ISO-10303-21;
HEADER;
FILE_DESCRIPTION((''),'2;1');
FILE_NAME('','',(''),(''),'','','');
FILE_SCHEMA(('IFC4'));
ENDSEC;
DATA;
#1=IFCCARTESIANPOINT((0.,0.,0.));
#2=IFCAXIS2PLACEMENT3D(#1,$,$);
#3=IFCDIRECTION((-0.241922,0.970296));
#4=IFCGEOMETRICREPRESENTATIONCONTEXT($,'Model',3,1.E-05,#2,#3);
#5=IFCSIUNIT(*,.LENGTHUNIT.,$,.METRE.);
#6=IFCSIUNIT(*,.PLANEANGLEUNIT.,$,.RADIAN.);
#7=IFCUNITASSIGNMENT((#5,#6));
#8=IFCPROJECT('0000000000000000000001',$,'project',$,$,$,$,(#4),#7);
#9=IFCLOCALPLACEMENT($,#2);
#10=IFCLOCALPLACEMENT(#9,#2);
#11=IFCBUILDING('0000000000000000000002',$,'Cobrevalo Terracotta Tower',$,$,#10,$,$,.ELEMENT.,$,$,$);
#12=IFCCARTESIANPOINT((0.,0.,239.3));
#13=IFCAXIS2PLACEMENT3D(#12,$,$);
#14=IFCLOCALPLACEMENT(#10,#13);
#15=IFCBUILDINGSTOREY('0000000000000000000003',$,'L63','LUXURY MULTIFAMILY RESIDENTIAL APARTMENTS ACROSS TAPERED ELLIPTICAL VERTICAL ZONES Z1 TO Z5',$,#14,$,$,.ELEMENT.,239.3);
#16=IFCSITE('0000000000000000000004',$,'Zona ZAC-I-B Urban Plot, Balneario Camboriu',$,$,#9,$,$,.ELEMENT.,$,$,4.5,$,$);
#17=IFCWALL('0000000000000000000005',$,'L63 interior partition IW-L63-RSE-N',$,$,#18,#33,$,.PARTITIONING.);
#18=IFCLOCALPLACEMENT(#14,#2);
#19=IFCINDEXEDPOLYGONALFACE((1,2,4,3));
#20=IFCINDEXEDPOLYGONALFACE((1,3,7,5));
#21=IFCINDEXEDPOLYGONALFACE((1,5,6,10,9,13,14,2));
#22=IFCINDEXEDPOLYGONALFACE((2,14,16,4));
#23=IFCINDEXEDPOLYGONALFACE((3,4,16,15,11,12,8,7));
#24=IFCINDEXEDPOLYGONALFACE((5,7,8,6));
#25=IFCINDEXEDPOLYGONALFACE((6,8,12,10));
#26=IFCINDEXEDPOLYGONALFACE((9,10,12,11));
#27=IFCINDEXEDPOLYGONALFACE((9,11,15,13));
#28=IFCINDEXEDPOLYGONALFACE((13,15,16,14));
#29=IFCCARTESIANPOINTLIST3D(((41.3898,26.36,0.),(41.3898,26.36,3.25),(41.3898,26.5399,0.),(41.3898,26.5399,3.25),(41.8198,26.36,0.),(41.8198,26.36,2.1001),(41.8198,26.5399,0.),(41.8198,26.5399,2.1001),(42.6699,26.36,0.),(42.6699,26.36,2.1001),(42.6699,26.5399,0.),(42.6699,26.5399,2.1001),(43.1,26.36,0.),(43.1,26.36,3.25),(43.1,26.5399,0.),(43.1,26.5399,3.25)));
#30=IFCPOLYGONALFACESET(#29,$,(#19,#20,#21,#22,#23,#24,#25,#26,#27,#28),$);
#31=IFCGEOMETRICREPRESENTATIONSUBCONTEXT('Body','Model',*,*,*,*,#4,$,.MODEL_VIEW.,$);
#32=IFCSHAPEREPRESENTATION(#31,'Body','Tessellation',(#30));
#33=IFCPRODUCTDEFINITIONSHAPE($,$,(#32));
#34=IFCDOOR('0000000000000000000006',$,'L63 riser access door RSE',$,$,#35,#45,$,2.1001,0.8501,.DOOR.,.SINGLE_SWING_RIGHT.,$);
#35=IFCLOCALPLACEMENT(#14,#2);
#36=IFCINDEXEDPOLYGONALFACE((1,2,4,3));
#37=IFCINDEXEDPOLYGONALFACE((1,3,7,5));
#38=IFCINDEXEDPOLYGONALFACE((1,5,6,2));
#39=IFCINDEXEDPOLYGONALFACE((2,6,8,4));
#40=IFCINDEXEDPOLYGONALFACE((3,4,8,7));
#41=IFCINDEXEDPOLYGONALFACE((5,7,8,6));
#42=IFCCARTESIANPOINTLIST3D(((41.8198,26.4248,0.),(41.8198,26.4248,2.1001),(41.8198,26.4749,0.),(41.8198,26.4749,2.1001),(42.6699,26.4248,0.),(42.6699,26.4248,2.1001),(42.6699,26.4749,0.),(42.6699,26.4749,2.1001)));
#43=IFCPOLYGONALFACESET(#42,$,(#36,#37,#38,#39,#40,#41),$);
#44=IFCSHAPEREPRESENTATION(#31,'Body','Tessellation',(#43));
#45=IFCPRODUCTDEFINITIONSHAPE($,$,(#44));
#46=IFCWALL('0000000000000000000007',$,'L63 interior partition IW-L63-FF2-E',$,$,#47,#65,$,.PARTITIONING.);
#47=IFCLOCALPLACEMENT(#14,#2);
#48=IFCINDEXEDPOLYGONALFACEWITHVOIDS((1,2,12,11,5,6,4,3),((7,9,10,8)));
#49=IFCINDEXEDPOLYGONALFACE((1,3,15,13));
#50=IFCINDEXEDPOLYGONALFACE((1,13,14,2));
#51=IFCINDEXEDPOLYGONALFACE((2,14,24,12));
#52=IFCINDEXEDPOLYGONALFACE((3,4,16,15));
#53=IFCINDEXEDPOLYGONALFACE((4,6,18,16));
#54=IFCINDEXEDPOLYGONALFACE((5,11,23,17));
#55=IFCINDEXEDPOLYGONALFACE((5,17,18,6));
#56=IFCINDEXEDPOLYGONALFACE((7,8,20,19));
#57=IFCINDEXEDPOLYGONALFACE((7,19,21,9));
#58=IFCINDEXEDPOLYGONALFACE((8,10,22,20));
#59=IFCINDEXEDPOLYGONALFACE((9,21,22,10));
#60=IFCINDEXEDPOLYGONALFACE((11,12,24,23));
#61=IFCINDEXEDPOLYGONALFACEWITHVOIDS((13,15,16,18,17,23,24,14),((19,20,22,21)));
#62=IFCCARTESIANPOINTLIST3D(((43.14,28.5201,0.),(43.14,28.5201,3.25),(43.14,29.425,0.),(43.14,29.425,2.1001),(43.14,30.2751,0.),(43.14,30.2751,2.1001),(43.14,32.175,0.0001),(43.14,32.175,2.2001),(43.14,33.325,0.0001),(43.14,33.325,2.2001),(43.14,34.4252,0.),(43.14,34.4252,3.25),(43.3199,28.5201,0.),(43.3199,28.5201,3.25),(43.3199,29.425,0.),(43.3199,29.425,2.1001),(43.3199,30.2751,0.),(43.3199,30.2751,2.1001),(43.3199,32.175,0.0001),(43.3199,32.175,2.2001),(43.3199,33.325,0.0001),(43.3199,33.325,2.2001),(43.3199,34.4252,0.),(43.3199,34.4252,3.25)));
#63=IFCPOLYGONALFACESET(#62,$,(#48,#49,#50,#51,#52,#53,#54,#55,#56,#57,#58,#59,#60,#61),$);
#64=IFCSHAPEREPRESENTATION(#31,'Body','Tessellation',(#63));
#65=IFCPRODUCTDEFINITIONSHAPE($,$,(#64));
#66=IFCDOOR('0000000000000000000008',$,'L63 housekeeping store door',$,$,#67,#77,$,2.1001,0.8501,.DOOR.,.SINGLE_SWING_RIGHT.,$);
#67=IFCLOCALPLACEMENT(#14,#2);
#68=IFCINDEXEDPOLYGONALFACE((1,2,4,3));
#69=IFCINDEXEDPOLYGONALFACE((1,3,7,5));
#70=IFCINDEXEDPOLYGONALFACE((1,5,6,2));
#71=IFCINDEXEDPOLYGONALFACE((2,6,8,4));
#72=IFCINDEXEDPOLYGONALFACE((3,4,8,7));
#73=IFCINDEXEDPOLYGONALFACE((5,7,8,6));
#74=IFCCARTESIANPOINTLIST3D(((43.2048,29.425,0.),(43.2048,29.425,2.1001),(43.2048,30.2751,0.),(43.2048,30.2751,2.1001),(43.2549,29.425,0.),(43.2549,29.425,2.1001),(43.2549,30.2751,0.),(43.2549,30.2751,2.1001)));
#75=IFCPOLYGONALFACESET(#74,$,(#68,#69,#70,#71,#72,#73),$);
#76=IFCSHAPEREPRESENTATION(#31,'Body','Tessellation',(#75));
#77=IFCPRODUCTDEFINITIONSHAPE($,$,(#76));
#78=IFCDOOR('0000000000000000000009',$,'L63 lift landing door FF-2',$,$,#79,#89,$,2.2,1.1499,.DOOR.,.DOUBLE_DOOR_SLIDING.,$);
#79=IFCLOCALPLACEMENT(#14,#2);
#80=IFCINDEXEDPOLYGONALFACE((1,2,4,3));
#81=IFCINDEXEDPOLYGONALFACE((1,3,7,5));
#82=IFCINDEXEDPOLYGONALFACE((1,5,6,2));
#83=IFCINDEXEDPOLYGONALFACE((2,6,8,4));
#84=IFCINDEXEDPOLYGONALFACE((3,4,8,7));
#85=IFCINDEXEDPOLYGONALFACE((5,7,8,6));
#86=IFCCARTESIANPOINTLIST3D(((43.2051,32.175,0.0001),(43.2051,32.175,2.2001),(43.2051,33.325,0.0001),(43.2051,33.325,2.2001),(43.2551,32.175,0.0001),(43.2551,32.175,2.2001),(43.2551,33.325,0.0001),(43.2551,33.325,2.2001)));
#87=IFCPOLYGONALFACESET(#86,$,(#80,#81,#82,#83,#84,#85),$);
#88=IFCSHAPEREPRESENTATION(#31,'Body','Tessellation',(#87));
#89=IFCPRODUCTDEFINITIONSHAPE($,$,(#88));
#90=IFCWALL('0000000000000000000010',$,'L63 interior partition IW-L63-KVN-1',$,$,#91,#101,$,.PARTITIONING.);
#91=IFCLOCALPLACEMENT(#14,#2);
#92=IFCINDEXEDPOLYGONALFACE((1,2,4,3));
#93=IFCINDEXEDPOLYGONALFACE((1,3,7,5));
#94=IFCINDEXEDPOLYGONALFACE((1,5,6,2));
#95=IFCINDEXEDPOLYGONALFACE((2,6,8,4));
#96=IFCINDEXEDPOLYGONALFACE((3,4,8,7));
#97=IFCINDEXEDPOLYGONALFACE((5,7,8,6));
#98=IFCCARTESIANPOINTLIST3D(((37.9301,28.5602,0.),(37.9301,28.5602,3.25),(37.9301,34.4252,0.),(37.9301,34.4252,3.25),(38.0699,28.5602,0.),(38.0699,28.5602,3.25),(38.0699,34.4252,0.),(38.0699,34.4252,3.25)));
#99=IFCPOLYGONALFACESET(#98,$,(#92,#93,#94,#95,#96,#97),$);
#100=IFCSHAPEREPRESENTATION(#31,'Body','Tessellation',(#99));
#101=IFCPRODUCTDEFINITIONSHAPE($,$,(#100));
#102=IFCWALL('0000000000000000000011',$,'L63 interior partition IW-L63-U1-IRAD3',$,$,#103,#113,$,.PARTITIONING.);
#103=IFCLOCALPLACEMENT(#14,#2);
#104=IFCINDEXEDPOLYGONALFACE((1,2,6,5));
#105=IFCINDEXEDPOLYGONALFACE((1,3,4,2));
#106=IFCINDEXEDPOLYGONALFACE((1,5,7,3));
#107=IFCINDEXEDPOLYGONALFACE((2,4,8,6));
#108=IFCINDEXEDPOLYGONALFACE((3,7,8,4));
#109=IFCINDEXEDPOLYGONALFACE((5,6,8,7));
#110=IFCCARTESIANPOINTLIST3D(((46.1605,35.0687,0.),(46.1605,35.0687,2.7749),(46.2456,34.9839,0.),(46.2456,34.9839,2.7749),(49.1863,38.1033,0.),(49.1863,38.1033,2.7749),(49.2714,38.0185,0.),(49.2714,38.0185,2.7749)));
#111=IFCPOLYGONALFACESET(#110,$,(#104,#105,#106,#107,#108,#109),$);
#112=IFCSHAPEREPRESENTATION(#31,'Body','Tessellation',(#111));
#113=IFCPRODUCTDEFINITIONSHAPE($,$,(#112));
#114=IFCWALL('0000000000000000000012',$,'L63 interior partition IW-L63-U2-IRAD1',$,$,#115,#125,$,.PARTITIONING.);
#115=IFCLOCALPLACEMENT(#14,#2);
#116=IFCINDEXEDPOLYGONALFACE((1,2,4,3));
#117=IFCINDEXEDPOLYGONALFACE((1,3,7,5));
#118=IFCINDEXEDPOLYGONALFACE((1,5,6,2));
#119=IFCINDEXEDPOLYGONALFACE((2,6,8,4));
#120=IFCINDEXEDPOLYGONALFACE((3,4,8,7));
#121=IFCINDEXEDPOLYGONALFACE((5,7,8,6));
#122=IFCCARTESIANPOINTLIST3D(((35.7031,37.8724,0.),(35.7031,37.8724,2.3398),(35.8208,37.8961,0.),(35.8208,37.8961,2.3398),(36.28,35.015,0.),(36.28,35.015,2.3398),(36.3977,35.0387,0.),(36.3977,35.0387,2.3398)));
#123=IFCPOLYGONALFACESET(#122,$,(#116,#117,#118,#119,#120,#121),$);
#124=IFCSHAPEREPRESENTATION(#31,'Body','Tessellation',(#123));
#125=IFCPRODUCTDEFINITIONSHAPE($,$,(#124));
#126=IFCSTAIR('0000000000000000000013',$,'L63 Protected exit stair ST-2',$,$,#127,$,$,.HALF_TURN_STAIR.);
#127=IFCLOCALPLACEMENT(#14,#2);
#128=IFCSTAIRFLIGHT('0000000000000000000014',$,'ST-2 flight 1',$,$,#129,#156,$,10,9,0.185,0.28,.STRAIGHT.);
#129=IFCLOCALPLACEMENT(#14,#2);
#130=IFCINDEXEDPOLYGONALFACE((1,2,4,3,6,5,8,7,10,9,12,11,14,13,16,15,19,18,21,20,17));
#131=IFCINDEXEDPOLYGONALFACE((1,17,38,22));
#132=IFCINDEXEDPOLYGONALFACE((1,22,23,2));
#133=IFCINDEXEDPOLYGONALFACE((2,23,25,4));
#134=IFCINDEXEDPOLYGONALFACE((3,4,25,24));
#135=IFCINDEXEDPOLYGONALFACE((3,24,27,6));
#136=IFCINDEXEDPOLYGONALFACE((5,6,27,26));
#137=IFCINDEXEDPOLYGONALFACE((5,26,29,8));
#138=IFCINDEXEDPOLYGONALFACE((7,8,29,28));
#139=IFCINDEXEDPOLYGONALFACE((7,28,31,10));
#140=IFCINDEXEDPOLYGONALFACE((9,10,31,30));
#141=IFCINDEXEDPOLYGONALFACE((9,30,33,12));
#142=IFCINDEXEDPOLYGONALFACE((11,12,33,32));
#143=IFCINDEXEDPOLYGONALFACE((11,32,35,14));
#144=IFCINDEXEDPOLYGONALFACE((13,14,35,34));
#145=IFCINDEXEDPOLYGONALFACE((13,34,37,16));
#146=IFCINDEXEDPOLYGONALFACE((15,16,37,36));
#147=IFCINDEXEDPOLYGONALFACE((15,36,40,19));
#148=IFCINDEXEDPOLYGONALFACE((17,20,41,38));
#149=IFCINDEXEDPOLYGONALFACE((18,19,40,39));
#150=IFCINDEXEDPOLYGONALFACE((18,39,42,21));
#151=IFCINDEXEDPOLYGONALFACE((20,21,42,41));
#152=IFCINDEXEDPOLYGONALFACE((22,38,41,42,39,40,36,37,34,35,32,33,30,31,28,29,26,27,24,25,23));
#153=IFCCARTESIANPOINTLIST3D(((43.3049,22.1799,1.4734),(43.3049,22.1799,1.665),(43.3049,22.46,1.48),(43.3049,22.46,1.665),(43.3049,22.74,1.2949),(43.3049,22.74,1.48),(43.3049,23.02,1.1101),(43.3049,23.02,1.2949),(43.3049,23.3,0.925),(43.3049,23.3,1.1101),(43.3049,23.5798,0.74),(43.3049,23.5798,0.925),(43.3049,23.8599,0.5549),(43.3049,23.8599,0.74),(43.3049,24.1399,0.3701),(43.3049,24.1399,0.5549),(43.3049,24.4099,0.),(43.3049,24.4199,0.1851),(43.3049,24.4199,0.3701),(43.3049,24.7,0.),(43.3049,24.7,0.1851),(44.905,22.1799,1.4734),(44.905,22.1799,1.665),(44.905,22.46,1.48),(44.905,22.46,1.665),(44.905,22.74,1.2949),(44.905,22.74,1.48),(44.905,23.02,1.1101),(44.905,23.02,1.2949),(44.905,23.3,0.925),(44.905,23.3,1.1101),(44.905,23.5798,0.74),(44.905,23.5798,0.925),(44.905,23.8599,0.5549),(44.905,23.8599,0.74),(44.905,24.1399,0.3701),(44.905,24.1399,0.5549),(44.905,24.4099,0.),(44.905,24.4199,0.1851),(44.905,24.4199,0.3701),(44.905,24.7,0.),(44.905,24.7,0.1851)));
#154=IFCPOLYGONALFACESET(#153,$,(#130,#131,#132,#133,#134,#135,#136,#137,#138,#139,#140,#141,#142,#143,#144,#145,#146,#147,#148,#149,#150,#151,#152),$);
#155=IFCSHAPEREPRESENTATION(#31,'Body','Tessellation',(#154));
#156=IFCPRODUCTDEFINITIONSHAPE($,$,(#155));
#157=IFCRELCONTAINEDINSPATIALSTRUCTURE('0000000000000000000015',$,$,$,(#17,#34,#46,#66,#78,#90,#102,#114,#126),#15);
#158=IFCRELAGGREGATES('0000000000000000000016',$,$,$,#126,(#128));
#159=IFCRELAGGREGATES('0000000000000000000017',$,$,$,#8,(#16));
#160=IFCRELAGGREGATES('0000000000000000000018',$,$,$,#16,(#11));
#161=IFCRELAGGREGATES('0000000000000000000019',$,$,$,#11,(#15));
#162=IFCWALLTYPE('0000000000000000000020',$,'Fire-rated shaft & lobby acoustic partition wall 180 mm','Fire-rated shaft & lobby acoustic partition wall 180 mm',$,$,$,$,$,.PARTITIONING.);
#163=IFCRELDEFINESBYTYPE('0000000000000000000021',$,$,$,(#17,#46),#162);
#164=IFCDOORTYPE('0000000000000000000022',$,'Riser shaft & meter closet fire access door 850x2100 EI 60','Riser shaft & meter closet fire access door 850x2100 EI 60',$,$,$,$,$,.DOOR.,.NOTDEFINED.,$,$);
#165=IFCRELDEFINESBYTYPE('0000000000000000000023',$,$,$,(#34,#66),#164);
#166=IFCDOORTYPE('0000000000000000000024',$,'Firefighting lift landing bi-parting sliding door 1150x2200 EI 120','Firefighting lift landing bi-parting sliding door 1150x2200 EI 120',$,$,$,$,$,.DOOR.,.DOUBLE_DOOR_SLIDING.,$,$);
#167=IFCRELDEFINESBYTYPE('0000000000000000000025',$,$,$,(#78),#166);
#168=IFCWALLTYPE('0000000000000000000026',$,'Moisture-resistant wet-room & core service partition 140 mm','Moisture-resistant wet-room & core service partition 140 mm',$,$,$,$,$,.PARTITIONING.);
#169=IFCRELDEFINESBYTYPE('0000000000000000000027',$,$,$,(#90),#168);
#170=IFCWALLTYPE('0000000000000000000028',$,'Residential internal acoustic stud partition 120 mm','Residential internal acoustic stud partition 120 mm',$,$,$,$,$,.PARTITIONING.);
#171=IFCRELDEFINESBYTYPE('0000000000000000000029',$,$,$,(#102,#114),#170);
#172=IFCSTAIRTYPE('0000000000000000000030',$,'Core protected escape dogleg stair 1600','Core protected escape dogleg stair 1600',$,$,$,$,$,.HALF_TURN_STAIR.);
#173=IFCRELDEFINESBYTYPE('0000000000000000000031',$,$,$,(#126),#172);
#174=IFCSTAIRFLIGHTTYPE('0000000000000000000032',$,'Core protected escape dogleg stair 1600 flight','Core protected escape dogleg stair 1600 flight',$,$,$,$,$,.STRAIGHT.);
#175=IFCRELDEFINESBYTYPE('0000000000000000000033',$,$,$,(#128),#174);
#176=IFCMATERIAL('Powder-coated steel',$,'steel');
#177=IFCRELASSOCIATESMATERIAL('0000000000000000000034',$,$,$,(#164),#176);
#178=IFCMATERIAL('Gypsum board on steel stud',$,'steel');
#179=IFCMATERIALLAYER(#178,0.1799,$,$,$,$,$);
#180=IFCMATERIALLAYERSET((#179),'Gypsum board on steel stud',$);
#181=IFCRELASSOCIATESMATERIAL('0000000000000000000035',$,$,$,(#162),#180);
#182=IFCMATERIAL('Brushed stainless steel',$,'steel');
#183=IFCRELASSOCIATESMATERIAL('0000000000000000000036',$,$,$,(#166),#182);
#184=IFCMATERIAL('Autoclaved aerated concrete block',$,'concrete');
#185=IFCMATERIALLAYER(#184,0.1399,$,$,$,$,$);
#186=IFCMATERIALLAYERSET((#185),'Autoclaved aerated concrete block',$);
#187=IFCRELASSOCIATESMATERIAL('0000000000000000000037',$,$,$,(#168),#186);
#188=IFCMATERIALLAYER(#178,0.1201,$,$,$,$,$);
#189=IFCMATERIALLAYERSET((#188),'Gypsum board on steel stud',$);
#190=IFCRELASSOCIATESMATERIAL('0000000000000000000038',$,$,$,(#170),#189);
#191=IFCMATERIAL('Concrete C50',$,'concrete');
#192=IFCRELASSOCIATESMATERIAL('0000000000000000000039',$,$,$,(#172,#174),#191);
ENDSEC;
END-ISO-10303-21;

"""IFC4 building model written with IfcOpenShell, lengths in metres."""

from ifc_helpers import new_model, si_unit, direction, frame, frame_2d, origin, place, context, subcontext, project, spatial, polyline, rectangle, outline, extrude, source, transform, mapped, material, layer, layer_set, type_object, element, fill, aggregate, save


model = new_model("IFC4")

# Units and contexts
model_context = context("Model", 3, precision=1e-05, world=origin(), true_north=direction((-0.241922, 0.970296)))
body_context = subcontext(model_context, "Body", "Model", "MODEL_VIEW")
ifc_project = project(units=[si_unit("LENGTHUNIT", "METRE"), si_unit("PLANEANGLEUNIT", "RADIAN")], contexts=[model_context])

# Site, building, storey
site_placement = place(None, origin())
site = spatial("IfcSite", under=ifc_project, at=site_placement, Name="Zona ZAC-I-B Urban Plot, Balneario Camboriu", CompositionType="ELEMENT", RefElevation=4.5)
building_placement = place(site_placement, origin())
building = spatial("IfcBuilding", under=site, at=building_placement, Name="Cobrevalo Terracotta Tower", CompositionType="ELEMENT")
storey_placement = place(building_placement, frame((0.0, 0.0, 239.3)))
storey = spatial("IfcBuildingStorey", under=building, at=storey_placement, Name="L63", Description="LUXURY MULTIFAMILY RESIDENTIAL APARTMENTS ACROSS TAPERED ELLIPTICAL VERTICAL ZONES Z1 TO Z5", CompositionType="ELEMENT", Elevation=239.3)

# Shared definitions
ifc_material_1 = material(Name="Concrete C50", Category="concrete")

# Shared definitions
ifc_material_2 = material(Name="Gypsum board on steel stud", Category="steel")

# Shared definitions
ifc_material_3 = material(Name="Powder-coated steel", Category="steel")
door_type_1 = type_object("IfcDoorType", Name="Riser shaft & meter closet fire access door 850x2100 EI 60", Description="Riser shaft & meter closet fire access door 850x2100 EI 60", OperationType="NOTDEFINED", PredefinedType="DOOR", material=ifc_material_3)
shared_shape_1 = source(origin(), body_context, "Body", "SweptSolid", [
    extrude(rectangle(XDim=0.8501, YDim=2.1001, at=frame_2d((0.425, 1.05))), frame((0.0, 0.0249, 0.0), z_axis=(0.0, -1.0, 0.0), x_axis=(1.0, 0.0, 0.0)), (0.0, 0.0, 1.0), 0.05),
])
ifc_material_4 = material(Name="Brushed stainless steel", Category="steel")

# Wall, opening, door
ifc_layer_1 = layer(ifc_material_2, 0.1799)
ifc_layer_set_1 = layer_set([ifc_layer_1], Name="Gypsum board on steel stud")
wall_type_1 = type_object("IfcWallType", Name="Fire-rated shaft & lobby acoustic partition wall 180 mm", Description="Fire-rated shaft & lobby acoustic partition wall 180 mm", PredefinedType="PARTITIONING", material=ifc_layer_set_1)
wall_1_placement = place(storey_placement, frame((41.3899, 26.45, 0.0), z_axis=(0.0, 0.0, 1.0), x_axis=(1.0, 0.0, 0.0)))
wall_1 = element("IfcWall", 1, at=wall_1_placement, inside=storey, type_object=wall_type_1, Name="L63 interior partition IW-L63-RSE-N", PredefinedType="PARTITIONING", context=body_context, shape_type="SweptSolid", body=[
    extrude(rectangle(XDim=1.7102, YDim=0.1799, at=frame_2d((0.855, 0.0))), origin(), (0.0, 0.0, 1.0), 3.25),
])
opening_1_placement = place(wall_1_placement, frame((0.4299, 0.0, 0.0)))
opening_1 = element("IfcOpeningElement", 2, at=opening_1_placement, cuts=wall_1, PredefinedType="OPENING", context=body_context, shape_type="SweptSolid", body=[
    extrude(rectangle(XDim=0.8501, YDim=2.1001, at=frame_2d((0.425, 1.05))), frame((0.0, 0.1001, 0.0), z_axis=(0.0, -1.0, 0.0), x_axis=(1.0, 0.0, 0.0)), (0.0, 0.0, 1.0), 0.2),
])
door_1_placement = place(opening_1_placement, origin())
door_1 = element("IfcDoor", 3, at=door_1_placement, inside=storey, type_object=door_type_1, Name="L63 riser access door RSE", OperationType="SINGLE_SWING_RIGHT", OverallHeight=2.1001, OverallWidth=0.8501, PredefinedType="DOOR", context=body_context, shape_type="MappedRepresentation", body=[
    mapped(shared_shape_1, transform((0.0, 0.0, 0.0), scale=1.0)),
])
fill(opening_1, door_1)

# Wall, openings, doors
wall_2_placement = place(storey_placement, frame((43.23, 28.52, 0.0), z_axis=(0.0, 0.0, 1.0), x_axis=(0.0, 1.0, 0.0)))
wall_2 = element("IfcWall", 4, at=wall_2_placement, inside=storey, type_object=wall_type_1, Name="L63 interior partition IW-L63-FF2-E", PredefinedType="PARTITIONING", context=body_context, shape_type="SweptSolid", body=[
    extrude(rectangle(XDim=5.905, YDim=0.1799, at=frame_2d((2.9526, 0.0))), origin(), (0.0, 0.0, 1.0), 3.25),
])
opening_2_placement = place(wall_2_placement, frame((0.905, 0.0, 0.0)))
opening_2 = element("IfcOpeningElement", 5, at=opening_2_placement, cuts=wall_2, PredefinedType="OPENING", context=body_context, shape_type="SweptSolid", body=[
    extrude(rectangle(XDim=0.8501, YDim=2.1001, at=frame_2d((0.425, 1.05))), frame((0.0, 0.1001, 0.0), z_axis=(0.0, -1.0, 0.0), x_axis=(1.0, 0.0, 0.0)), (0.0, 0.0, 1.0), 0.2),
])
opening_3_placement = place(wall_2_placement, frame((3.655, 0.0, 0.0)))
opening_3 = element("IfcOpeningElement", 6, at=opening_3_placement, cuts=wall_2, PredefinedType="OPENING", context=body_context, shape_type="SweptSolid", body=[
    extrude(rectangle(XDim=1.1499, YDim=2.2, at=frame_2d((0.575, 1.1001))), frame((0.0, 0.1001, 0.0), z_axis=(0.0, -1.0, 0.0), x_axis=(1.0, 0.0, 0.0)), (0.0, 0.0, 1.0), 0.2),
])
door_2_placement = place(opening_2_placement, frame((0.8501, 0.0, 0.0), z_axis=(0.0, 0.0, 1.0), x_axis=(-1.0, 0.0, 0.0)))
door_2 = element("IfcDoor", 7, at=door_2_placement, inside=storey, type_object=door_type_1, Name="L63 housekeeping store door", OperationType="SINGLE_SWING_RIGHT", OverallHeight=2.1001, OverallWidth=0.8501, PredefinedType="DOOR", context=body_context, shape_type="MappedRepresentation", body=[
    mapped(shared_shape_1, transform((0.0, 0.0, 0.0), scale=1.0)),
])
fill(opening_2, door_2)
door_type_2 = type_object("IfcDoorType", Name="Firefighting lift landing bi-parting sliding door 1150x2200 EI 120", Description="Firefighting lift landing bi-parting sliding door 1150x2200 EI 120", OperationType="DOUBLE_DOOR_SLIDING", PredefinedType="DOOR", material=ifc_material_4)
shared_shape_2 = source(origin(), body_context, "Body", "SweptSolid", [
    extrude(rectangle(XDim=1.1499, YDim=2.2, at=frame_2d((0.575, 1.1001))), frame((0.0, 0.0249, 0.0), z_axis=(0.0, -1.0, 0.0), x_axis=(1.0, 0.0, 0.0)), (0.0, 0.0, 1.0), 0.05),
])
door_3_placement = place(opening_3_placement, origin())
door_3 = element("IfcDoor", 8, at=door_3_placement, inside=storey, type_object=door_type_2, Name="L63 lift landing door FF-2", OperationType="DOUBLE_DOOR_SLIDING", OverallHeight=2.2, OverallWidth=1.1499, PredefinedType="DOOR", context=body_context, shape_type="MappedRepresentation", body=[
    mapped(shared_shape_2, transform((0.0, 0.0, 0.0), scale=1.0)),
])
fill(opening_3, door_3)

# Walls
ifc_material_5 = material(Name="Autoclaved aerated concrete block", Category="concrete")
ifc_layer_2 = layer(ifc_material_5, 0.1399)
ifc_layer_set_2 = layer_set([ifc_layer_2], Name="Autoclaved aerated concrete block")
wall_type_2 = type_object("IfcWallType", Name="Moisture-resistant wet-room & core service partition 140 mm", Description="Moisture-resistant wet-room & core service partition 140 mm", PredefinedType="PARTITIONING", material=ifc_layer_set_2)
wall_3_placement = place(storey_placement, frame((38.0, 28.5601, 0.0), z_axis=(0.0, 0.0, 1.0), x_axis=(0.0, 1.0, 0.0)))
element("IfcWall", 9, at=wall_3_placement, inside=storey, type_object=wall_type_2, Name="L63 interior partition IW-L63-KVN-1", PredefinedType="PARTITIONING", context=body_context, shape_type="SweptSolid", body=[
    extrude(rectangle(XDim=5.865, YDim=0.1399, at=frame_2d((2.9326, 0.0))), origin(), (0.0, 0.0, 1.0), 3.25),
])
ifc_layer_3 = layer(ifc_material_2, 0.1201)
ifc_layer_set_3 = layer_set([ifc_layer_3], Name="Gypsum board on steel stud")
wall_type_3 = type_object("IfcWallType", Name="Residential internal acoustic stud partition 120 mm", Description="Residential internal acoustic stud partition 120 mm", PredefinedType="PARTITIONING", material=ifc_layer_set_3)
wall_4_placement = place(storey_placement, frame((46.2031, 35.0264, 0.0), z_axis=(0.0, 0.0, 1.0), x_axis=(0.706081, 0.708131, 0.0)))
element("IfcWall", 10, at=wall_4_placement, inside=storey, type_object=wall_type_3, Name="L63 interior partition IW-L63-U1-IRAD3", PredefinedType="PARTITIONING", context=body_context, shape_type="SweptSolid", body=[
    extrude(rectangle(XDim=4.2854, YDim=0.1201, at=frame_2d((2.1426, 0.0))), origin(), (0.0, 0.0, 1.0), 2.7749),
])
wall_5_placement = place(storey_placement, frame((36.3389, 35.0269, 0.0), z_axis=(0.0, 0.0, 1.0), x_axis=(-0.197904, 0.980221, 0.0)))
element("IfcWall", 11, at=wall_5_placement, inside=storey, type_object=wall_type_3, Name="L63 interior partition IW-L63-U2-IRAD1", PredefinedType="PARTITIONING", context=body_context, shape_type="SweptSolid", body=[
    extrude(rectangle(XDim=2.915, YDim=0.1201, at=frame_2d((1.4575, 0.0))), origin(), (0.0, 0.0, 1.0), 2.3398),
])

# Stair, stair flight
stair_type = type_object("IfcStairType", Name="Core protected escape dogleg stair 1600", Description="Core protected escape dogleg stair 1600", PredefinedType="HALF_TURN_STAIR", material=ifc_material_1)
stair_placement = place(storey_placement, origin())
stair = element("IfcStair", 12, at=stair_placement, inside=storey, type_object=stair_type, Name="L63 Protected exit stair ST-2", PredefinedType="HALF_TURN_STAIR")
stair_flight_type = type_object("IfcStairFlightType", Name="Core protected escape dogleg stair 1600 flight", Description="Core protected escape dogleg stair 1600 flight", PredefinedType="STRAIGHT", material=ifc_material_1)
stair_flight_placement = place(storey_placement, frame((44.105, 24.7, 0.0), z_axis=(0.0, 0.0, 1.0), x_axis=(0.0, -1.0, 0.0)))
stair_flight = element("IfcStairFlight", 13, at=stair_flight_placement, type_object=stair_flight_type, Name="ST-2 flight 1", NumberOfRisers=10, NumberOfTreads=9, PredefinedType="STRAIGHT", RiserHeight=0.185, TreadLength=0.28, context=body_context, shape_type="SweptSolid", body=[
    extrude(outline(polyline([(0.0, 0.0), (0.0, 0.1851), (0.28, 0.1851), (0.28, 0.3701), (0.5601, 0.3701), (0.5601, 0.5549), (0.8401, 0.5549), (0.8401, 0.74), (1.1201, 0.74), (1.1201, 0.925), (1.3999, 0.925), (1.3999, 1.1101), (1.6799, 1.1101), (1.6799, 1.2949), (1.96, 1.2949), (1.96, 1.48), (2.24, 1.48), (2.24, 1.665), (2.52, 1.665), (2.52, 1.8501), (2.52, 1.4734), (0.29, 0.0), (0.0, 0.0)])), frame((0.0, 0.8, 0.0), z_axis=(0.0, -1.0, 0.0), x_axis=(1.0, 0.0, 0.0)), (0.0, 0.0, 1.0), 1.6001),
])
aggregate(stair, [stair_flight])

save(model, "model.ifc")
